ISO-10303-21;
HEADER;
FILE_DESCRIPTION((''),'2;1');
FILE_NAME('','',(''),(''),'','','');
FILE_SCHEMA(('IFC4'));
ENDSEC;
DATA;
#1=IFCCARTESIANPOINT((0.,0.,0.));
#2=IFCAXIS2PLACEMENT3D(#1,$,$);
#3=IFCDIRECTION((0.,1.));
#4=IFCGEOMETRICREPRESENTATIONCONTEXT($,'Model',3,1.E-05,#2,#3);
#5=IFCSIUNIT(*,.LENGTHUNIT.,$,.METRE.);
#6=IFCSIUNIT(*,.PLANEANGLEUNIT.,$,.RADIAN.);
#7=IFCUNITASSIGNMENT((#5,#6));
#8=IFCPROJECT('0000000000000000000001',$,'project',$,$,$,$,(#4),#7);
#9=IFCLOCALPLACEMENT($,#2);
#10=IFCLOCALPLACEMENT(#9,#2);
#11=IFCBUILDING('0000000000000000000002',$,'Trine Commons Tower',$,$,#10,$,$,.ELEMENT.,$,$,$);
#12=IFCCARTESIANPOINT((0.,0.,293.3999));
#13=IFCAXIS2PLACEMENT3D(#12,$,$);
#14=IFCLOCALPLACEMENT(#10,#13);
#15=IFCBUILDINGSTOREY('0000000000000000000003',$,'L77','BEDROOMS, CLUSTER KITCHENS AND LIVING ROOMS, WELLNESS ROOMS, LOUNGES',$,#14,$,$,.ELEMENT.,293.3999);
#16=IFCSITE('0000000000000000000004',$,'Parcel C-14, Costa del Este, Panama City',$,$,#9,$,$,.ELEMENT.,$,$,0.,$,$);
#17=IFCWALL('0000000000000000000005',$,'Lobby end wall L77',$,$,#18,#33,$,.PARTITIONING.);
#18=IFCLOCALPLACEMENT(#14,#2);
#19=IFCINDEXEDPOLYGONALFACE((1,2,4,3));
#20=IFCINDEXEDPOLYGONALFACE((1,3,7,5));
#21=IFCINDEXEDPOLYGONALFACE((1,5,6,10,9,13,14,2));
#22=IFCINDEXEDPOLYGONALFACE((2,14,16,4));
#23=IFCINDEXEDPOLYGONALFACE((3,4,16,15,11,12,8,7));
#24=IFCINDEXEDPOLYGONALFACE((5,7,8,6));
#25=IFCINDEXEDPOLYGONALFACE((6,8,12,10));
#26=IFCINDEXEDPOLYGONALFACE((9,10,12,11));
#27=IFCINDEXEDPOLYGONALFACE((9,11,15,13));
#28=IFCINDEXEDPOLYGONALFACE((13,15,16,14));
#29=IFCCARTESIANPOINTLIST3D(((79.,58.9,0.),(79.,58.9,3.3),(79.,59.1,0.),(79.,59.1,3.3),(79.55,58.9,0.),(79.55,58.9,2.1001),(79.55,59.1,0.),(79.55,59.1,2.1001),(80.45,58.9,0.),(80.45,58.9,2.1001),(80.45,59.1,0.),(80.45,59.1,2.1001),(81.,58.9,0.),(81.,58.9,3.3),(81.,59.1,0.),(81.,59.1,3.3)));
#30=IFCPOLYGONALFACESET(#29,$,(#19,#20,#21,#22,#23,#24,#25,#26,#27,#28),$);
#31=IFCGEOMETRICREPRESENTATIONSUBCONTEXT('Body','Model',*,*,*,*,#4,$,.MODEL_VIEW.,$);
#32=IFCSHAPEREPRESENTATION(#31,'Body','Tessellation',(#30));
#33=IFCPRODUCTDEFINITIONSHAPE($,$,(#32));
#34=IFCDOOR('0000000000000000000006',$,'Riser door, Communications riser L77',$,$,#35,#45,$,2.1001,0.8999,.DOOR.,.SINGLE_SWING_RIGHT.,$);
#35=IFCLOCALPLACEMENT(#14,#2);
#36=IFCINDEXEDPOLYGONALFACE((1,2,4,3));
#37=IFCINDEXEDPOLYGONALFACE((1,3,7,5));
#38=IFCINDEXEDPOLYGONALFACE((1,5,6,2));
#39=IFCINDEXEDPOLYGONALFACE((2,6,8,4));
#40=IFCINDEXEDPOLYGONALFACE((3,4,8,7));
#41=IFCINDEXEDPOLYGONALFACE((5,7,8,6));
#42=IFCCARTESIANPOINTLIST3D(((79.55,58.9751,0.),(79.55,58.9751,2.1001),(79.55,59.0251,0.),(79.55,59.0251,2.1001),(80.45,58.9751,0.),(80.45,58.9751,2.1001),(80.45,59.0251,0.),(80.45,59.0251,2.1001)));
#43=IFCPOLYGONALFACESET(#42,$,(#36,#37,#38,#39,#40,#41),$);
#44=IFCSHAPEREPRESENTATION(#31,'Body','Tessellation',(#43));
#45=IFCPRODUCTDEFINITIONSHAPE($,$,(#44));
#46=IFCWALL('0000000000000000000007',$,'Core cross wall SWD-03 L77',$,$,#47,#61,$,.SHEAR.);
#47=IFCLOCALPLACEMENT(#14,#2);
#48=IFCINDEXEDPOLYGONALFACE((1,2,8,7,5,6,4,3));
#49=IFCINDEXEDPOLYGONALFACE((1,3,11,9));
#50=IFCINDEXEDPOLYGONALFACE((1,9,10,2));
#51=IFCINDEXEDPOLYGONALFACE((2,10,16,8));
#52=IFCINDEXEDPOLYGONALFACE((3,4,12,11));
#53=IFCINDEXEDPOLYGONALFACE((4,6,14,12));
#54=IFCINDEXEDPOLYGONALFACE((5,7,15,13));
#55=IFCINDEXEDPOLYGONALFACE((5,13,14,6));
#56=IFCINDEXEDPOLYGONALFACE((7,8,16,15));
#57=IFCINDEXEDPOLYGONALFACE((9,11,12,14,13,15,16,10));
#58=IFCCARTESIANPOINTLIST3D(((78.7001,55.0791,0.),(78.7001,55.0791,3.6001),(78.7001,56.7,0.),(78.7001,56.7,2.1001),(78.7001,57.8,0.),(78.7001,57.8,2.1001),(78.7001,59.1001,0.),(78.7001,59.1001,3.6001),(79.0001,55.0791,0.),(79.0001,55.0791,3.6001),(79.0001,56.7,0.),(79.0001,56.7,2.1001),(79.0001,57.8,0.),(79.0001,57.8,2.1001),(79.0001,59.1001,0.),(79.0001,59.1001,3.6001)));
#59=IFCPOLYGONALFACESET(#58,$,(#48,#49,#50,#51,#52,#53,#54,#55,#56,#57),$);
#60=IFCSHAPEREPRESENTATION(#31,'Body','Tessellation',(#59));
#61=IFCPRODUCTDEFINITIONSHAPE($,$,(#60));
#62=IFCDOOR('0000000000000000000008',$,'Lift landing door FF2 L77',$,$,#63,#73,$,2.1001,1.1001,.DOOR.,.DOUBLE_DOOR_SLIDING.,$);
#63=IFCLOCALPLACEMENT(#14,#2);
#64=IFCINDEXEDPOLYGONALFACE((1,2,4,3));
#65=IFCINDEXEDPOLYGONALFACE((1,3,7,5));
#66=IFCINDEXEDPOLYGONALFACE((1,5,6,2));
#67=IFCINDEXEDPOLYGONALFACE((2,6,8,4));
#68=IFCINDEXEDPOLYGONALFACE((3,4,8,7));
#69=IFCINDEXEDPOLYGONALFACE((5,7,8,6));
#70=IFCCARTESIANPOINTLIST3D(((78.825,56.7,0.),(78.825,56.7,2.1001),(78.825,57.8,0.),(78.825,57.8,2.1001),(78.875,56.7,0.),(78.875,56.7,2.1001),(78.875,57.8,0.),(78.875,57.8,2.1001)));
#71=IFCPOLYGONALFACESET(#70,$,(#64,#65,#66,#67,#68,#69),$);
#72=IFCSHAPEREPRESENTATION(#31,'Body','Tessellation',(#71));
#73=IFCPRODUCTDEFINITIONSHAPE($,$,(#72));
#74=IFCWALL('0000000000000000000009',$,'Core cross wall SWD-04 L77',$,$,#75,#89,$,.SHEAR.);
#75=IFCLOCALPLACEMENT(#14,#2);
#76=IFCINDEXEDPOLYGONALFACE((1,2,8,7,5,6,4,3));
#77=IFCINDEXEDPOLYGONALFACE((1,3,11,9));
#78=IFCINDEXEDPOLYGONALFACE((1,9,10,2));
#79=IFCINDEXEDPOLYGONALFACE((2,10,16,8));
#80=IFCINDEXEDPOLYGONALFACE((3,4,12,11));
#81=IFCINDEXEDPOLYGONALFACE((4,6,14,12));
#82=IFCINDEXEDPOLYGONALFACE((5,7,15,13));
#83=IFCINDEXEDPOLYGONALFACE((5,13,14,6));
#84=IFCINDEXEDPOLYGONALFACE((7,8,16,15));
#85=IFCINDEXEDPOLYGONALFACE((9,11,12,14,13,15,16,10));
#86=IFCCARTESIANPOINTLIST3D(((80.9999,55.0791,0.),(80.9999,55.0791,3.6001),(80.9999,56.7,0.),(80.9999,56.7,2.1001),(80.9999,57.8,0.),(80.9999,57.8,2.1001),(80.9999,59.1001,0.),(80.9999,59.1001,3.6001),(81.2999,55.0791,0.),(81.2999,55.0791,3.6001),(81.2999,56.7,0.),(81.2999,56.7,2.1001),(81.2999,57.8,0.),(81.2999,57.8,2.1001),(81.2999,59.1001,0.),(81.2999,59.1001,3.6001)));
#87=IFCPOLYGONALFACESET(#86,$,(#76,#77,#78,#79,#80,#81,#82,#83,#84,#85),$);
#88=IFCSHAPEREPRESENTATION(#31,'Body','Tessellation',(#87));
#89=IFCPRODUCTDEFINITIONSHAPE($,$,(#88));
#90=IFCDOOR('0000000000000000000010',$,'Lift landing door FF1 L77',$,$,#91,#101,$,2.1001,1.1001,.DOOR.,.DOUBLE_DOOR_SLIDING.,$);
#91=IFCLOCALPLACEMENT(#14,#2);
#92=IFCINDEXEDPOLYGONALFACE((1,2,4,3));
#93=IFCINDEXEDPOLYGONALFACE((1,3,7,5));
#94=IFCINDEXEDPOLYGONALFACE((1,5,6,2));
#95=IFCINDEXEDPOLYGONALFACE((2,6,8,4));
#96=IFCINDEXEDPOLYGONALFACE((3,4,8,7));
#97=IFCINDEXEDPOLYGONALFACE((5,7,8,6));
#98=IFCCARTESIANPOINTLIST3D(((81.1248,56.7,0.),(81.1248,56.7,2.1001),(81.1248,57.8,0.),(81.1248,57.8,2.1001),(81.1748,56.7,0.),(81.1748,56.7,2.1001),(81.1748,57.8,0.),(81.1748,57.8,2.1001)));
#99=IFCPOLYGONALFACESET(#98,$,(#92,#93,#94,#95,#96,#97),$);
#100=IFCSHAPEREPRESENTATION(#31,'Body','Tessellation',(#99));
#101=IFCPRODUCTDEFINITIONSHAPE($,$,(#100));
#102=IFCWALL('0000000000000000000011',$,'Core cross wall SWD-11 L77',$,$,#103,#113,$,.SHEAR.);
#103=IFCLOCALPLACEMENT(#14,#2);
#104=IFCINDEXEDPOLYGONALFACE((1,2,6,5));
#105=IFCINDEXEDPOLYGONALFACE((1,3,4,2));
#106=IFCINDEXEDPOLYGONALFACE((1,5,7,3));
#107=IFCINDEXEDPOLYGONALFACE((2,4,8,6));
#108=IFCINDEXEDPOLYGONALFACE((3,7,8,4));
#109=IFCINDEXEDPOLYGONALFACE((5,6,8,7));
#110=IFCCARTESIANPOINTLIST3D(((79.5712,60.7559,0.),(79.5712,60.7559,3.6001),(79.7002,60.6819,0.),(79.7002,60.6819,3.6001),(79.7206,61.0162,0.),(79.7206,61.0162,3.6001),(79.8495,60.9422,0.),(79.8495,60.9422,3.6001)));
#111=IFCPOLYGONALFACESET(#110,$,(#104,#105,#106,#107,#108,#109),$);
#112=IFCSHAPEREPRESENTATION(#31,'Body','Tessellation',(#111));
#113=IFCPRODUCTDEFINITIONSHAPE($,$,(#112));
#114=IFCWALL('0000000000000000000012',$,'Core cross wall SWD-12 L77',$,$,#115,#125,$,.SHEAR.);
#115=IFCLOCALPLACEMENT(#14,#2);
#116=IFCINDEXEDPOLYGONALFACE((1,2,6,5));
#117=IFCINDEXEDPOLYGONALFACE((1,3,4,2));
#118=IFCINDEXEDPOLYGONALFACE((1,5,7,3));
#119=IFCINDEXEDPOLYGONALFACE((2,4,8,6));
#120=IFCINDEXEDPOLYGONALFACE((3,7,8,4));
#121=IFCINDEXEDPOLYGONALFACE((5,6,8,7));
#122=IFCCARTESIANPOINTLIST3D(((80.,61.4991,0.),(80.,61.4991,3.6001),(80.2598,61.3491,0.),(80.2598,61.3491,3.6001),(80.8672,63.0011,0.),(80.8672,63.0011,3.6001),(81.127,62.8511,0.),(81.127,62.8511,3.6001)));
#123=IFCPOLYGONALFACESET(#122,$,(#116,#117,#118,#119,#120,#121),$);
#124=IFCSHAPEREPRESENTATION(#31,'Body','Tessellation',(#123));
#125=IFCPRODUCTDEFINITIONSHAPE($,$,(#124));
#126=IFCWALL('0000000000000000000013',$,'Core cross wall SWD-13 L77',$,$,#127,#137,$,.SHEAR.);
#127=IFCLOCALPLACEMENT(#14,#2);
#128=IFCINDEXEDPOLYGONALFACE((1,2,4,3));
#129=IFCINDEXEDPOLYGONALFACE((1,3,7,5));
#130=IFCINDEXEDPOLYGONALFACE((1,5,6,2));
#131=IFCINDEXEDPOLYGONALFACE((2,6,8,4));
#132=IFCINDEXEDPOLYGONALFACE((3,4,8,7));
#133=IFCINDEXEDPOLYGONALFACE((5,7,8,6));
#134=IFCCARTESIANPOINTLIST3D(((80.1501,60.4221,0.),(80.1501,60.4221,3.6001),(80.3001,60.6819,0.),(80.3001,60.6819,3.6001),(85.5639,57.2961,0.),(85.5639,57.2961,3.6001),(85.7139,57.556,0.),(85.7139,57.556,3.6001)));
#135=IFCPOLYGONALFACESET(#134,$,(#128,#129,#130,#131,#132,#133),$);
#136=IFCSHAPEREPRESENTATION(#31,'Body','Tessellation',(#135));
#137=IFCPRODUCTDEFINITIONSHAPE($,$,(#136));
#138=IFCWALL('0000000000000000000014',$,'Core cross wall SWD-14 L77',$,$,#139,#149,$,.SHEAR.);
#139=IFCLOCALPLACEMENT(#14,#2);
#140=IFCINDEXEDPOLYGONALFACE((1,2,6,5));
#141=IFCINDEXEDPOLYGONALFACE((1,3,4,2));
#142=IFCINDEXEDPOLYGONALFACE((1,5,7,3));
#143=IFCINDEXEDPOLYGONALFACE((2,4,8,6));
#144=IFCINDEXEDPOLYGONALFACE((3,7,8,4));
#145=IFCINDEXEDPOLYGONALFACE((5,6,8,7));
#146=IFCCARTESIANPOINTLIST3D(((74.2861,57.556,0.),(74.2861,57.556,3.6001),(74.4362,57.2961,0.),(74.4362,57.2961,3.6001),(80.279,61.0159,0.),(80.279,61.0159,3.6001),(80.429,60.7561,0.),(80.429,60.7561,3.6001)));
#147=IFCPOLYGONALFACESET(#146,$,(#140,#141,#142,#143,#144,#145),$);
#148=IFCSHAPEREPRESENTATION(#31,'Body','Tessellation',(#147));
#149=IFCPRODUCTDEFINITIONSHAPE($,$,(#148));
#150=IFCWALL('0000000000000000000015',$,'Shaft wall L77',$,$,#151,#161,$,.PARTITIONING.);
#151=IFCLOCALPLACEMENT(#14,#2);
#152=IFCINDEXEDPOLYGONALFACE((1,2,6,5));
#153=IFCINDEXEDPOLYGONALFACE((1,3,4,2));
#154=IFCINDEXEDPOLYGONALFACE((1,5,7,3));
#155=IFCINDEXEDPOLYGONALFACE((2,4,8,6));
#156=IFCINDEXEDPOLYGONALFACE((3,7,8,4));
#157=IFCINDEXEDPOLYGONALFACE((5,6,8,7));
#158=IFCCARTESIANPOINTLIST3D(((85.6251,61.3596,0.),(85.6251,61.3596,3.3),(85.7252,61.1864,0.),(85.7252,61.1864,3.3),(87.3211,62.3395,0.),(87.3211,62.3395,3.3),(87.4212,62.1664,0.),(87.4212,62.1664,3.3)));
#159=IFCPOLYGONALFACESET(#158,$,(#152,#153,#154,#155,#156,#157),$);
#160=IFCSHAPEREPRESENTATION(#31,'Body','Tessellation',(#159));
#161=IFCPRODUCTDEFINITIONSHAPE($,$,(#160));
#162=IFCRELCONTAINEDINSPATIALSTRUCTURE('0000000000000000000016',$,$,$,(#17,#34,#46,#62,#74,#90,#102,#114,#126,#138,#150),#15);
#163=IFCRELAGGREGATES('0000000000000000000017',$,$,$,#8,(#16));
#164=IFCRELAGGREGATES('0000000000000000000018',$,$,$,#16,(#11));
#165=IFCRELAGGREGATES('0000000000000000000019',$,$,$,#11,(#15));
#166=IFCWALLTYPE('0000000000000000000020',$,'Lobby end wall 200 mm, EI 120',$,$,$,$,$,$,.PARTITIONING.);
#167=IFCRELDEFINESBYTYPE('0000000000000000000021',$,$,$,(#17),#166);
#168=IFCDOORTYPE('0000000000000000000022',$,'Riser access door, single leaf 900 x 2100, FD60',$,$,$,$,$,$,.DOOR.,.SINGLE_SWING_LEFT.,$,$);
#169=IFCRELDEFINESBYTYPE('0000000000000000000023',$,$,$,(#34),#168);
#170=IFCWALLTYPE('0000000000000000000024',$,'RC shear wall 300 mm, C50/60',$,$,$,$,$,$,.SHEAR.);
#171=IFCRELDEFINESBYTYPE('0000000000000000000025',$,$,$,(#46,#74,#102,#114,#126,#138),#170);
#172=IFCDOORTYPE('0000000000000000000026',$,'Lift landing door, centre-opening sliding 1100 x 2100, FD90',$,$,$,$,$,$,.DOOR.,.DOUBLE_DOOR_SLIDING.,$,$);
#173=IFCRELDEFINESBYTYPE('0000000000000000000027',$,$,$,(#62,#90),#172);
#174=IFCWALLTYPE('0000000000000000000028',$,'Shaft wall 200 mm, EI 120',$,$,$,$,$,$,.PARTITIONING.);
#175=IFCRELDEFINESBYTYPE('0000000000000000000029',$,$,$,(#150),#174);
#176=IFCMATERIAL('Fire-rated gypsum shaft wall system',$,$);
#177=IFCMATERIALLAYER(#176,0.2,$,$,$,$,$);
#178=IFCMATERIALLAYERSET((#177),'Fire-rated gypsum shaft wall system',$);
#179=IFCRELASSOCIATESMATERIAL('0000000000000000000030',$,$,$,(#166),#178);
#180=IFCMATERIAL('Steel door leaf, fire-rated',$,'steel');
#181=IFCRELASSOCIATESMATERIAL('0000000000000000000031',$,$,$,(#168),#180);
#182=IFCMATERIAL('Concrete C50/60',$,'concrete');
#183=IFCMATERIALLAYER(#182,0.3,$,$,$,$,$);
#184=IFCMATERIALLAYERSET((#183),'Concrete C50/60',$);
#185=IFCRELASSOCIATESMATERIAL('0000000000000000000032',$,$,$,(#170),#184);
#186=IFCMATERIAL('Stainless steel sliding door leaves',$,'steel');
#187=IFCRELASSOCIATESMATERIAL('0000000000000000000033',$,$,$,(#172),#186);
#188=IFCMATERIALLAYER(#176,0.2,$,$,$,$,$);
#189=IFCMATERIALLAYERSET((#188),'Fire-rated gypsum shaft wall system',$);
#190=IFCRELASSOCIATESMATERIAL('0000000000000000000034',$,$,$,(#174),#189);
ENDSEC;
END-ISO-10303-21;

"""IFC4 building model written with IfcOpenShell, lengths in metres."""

from ifc_helpers import new_model, si_unit, direction, frame, frame_2d, origin, place, context, subcontext, project, spatial, rectangle, extrude, material, layer, layer_set, type_object, element, fill, save


model = new_model("IFC4")

# Units and contexts
model_context = context("Model", 3, precision=1e-05, world=origin(), true_north=direction((0.0, 1.0)))
body_context = subcontext(model_context, "Body", "Model", "MODEL_VIEW")
ifc_project = project(units=[si_unit("LENGTHUNIT", "METRE"), si_unit("PLANEANGLEUNIT", "RADIAN")], contexts=[model_context])

# Site, building, storey
site_placement = place(None, origin())
site = spatial("IfcSite", under=ifc_project, at=site_placement, Name="Parcel C-14, Costa del Este, Panama City", CompositionType="ELEMENT", RefElevation=0.0)
building_placement = place(site_placement, origin())
building = spatial("IfcBuilding", under=site, at=building_placement, Name="Trine Commons Tower", CompositionType="ELEMENT")
storey_placement = place(building_placement, frame((0.0, 0.0, 293.3999)))
storey = spatial("IfcBuildingStorey", under=building, at=storey_placement, Name="L77", Description="BEDROOMS, CLUSTER KITCHENS AND LIVING ROOMS, WELLNESS ROOMS, LOUNGES", CompositionType="ELEMENT", Elevation=293.3999)

# Walls, openings, doors
ifc_material_1 = material(Name="Fire-rated gypsum shaft wall system")
ifc_layer_1 = layer(ifc_material_1, 0.2)
ifc_layer_set_1 = layer_set([ifc_layer_1], Name="Fire-rated gypsum shaft wall system")
wall_type_1 = type_object("IfcWallType", Name="Lobby end wall 200 mm, EI 120", PredefinedType="PARTITIONING", material=ifc_layer_set_1)
wall_1_placement = place(storey_placement, frame((79.0, 59.0, 0.0), z_axis=(0.0, 0.0, 1.0), x_axis=(1.0, 0.0, 0.0)))
wall_1 = element("IfcWall", 1, at=wall_1_placement, inside=storey, type_object=wall_type_1, Name="Lobby end wall L77", PredefinedType="PARTITIONING", context=body_context, shape_type="SweptSolid", body=[
    extrude(rectangle(XDim=2.0, YDim=0.2, at=frame_2d((1.0, 0.0))), origin(), (0.0, 0.0, 1.0), 3.3),
])
opening_1_placement = place(wall_1_placement, frame((0.55, 0.0, 0.0)))
opening_1 = element("IfcOpeningElement", 2, at=opening_1_placement, cuts=wall_1, PredefinedType="OPENING", context=body_context, shape_type="SweptSolid", body=[
    extrude(rectangle(XDim=0.8999, YDim=2.1001, at=frame_2d((0.45, 1.05))), frame((0.0, 0.1099, 0.0), z_axis=(0.0, -1.0, 0.0), x_axis=(1.0, 0.0, 0.0)), (0.0, 0.0, 1.0), 0.22),
])
ifc_material_2 = material(Name="Steel door leaf, fire-rated", Category="steel")
door_type_1 = type_object("IfcDoorType", Name="Riser access door, single leaf 900 x 2100, FD60", OperationType="SINGLE_SWING_LEFT", PredefinedType="DOOR", material=ifc_material_2)
door_1_placement = place(opening_1_placement, frame((0.8999, 0.0, 0.0), z_axis=(0.0, 0.0, 1.0), x_axis=(-1.0, 0.0, 0.0)))
door_1 = element("IfcDoor", 3, at=door_1_placement, inside=storey, type_object=door_type_1, Name="Riser door, Communications riser L77", OperationType="SINGLE_SWING_RIGHT", OverallHeight=2.1001, OverallWidth=0.8999, PredefinedType="DOOR", context=body_context, shape_type="SweptSolid", body=[
    extrude(rectangle(XDim=0.8999, YDim=2.1001, at=frame_2d((0.45, 1.05))), frame((0.0, 0.0249, 0.0), z_axis=(0.0, -1.0, 0.0), x_axis=(1.0, 0.0, 0.0)), (0.0, 0.0, 1.0), 0.05),
])
fill(opening_1, door_1)
ifc_material_3 = material(Name="Concrete C50/60", Category="concrete")
ifc_layer_2 = layer(ifc_material_3, 0.3)
ifc_layer_set_2 = layer_set([ifc_layer_2], Name="Concrete C50/60")
wall_type_2 = type_object("IfcWallType", Name="RC shear wall 300 mm, C50/60", PredefinedType="SHEAR", material=ifc_layer_set_2)
wall_2_placement = place(storey_placement, frame((78.8501, 59.1001, 0.0), z_axis=(0.0, 0.0, 1.0), x_axis=(0.0, -1.0, 0.0)))
wall_2 = element("IfcWall", 4, at=wall_2_placement, inside=storey, type_object=wall_type_2, Name="Core cross wall SWD-03 L77", PredefinedType="SHEAR", context=body_context, shape_type="SweptSolid", body=[
    extrude(rectangle(XDim=4.021, YDim=0.3, at=frame_2d((2.0105, 0.0))), origin(), (0.0, 0.0, 1.0), 3.6001),
])
opening_2_placement = place(wall_2_placement, frame((1.3, 0.0, 0.0)))
opening_2 = element("IfcOpeningElement", 5, at=opening_2_placement, cuts=wall_2, PredefinedType="OPENING", context=body_context, shape_type="SweptSolid", body=[
    extrude(rectangle(XDim=1.1001, YDim=2.1001, at=frame_2d((0.55, 1.05))), frame((0.0, 0.1599, 0.0), z_axis=(0.0, -1.0, 0.0), x_axis=(1.0, 0.0, 0.0)), (0.0, 0.0, 1.0), 0.3201),
])
ifc_material_4 = material(Name="Stainless steel sliding door leaves", Category="steel")
door_type_2 = type_object("IfcDoorType", Name="Lift landing door, centre-opening sliding 1100 x 2100, FD90", OperationType="DOUBLE_DOOR_SLIDING", PredefinedType="DOOR", material=ifc_material_4)
door_2_placement = place(opening_2_placement, origin())
door_2 = element("IfcDoor", 6, at=door_2_placement, inside=storey, type_object=door_type_2, Name="Lift landing door FF2 L77", OperationType="DOUBLE_DOOR_SLIDING", OverallHeight=2.1001, OverallWidth=1.1001, PredefinedType="DOOR", context=body_context, shape_type="SweptSolid", body=[
    extrude(rectangle(XDim=1.1001, YDim=2.1001, at=frame_2d((0.55, 1.05))), frame((0.0, 0.0249, 0.0), z_axis=(0.0, -1.0, 0.0), x_axis=(1.0, 0.0, 0.0)), (0.0, 0.0, 1.0), 0.05),
])
fill(opening_2, door_2)
wall_3_placement = place(storey_placement, frame((81.1499, 59.1001, 0.0), z_axis=(0.0, 0.0, 1.0), x_axis=(0.0, -1.0, 0.0)))
wall_3 = element("IfcWall", 7, at=wall_3_placement, inside=storey, type_object=wall_type_2, Name="Core cross wall SWD-04 L77", PredefinedType="SHEAR", context=body_context, shape_type="SweptSolid", body=[
    extrude(rectangle(XDim=4.021, YDim=0.3, at=frame_2d((2.0105, 0.0))), origin(), (0.0, 0.0, 1.0), 3.6001),
])
opening_3_placement = place(wall_3_placement, frame((1.3, 0.0, 0.0)))
opening_3 = element("IfcOpeningElement", 8, at=opening_3_placement, cuts=wall_3, PredefinedType="OPENING", context=body_context, shape_type="SweptSolid", body=[
    extrude(rectangle(XDim=1.1001, YDim=2.1001, at=frame_2d((0.55, 1.05))), frame((0.0, 0.1599, 0.0), z_axis=(0.0, -1.0, 0.0), x_axis=(1.0, 0.0, 0.0)), (0.0, 0.0, 1.0), 0.3201),
])
door_3_placement = place(opening_3_placement, origin())
door_3 = element("IfcDoor", 9, at=door_3_placement, inside=storey, type_object=door_type_2, Name="Lift landing door FF1 L77", OperationType="DOUBLE_DOOR_SLIDING", OverallHeight=2.1001, OverallWidth=1.1001, PredefinedType="DOOR", context=body_context, shape_type="SweptSolid", body=[
    extrude(rectangle(XDim=1.1001, YDim=2.1001, at=frame_2d((0.55, 1.05))), frame((0.0, 0.0249, 0.0), z_axis=(0.0, -1.0, 0.0), x_axis=(1.0, 0.0, 0.0)), (0.0, 0.0, 1.0), 0.05),
])
fill(opening_3, door_3)

# Walls
wall_4_placement = place(storey_placement, frame((79.646, 60.886, 0.0), z_axis=(0.0, 0.0, 1.0), x_axis=(0.867332, -0.49773, 0.0)))
element("IfcWall", 10, at=wall_4_placement, inside=storey, type_object=wall_type_2, Name="Core cross wall SWD-11 L77", PredefinedType="SHEAR", context=body_context, shape_type="SweptSolid", body=[
    extrude(rectangle(XDim=0.1487, YDim=0.3, at=frame_2d((0.0742, 0.0))), origin(), (0.0, 0.0, 1.0), 3.6001),
])
wall_5_placement = place(storey_placement, frame((80.1299, 61.4241, 0.0), z_axis=(0.0, 0.0, 1.0), x_axis=(0.500015, 0.866017, 0.0)))
element("IfcWall", 11, at=wall_5_placement, inside=storey, type_object=wall_type_2, Name="Core cross wall SWD-12 L77", PredefinedType="SHEAR", context=body_context, shape_type="SweptSolid", body=[
    extrude(rectangle(XDim=1.7344, YDim=0.3, at=frame_2d((0.8672, 0.0))), origin(), (0.0, 0.0, 1.0), 3.6001),
])
wall_6_placement = place(storey_placement, frame((80.2251, 60.552, 0.0), z_axis=(0.0, 0.0, 1.0), x_axis=(0.866004, -0.500037, 0.0)))
element("IfcWall", 12, at=wall_6_placement, inside=storey, type_object=wall_type_2, Name="Core cross wall SWD-13 L77", PredefinedType="SHEAR", context=body_context, shape_type="SweptSolid", body=[
    extrude(rectangle(XDim=6.2515, YDim=0.3, at=frame_2d((3.1257, 0.0))), origin(), (0.0, 0.0, 1.0), 3.6001),
])
wall_7_placement = place(storey_placement, frame((80.354, 60.886, 0.0), z_axis=(0.0, 0.0, 1.0), x_axis=(-0.866029, -0.499994, 0.0)))
element("IfcWall", 13, at=wall_7_placement, inside=storey, type_object=wall_type_2, Name="Core cross wall SWD-14 L77", PredefinedType="SHEAR", context=body_context, shape_type="SweptSolid", body=[
    extrude(rectangle(XDim=6.9199, YDim=0.3, at=frame_2d((3.46, 0.0))), origin(), (0.0, 0.0, 1.0), 3.6001),
])
ifc_layer_3 = layer(ifc_material_1, 0.2)
ifc_layer_set_3 = layer_set([ifc_layer_3], Name="Fire-rated gypsum shaft wall system")
wall_type_3 = type_object("IfcWallType", Name="Shaft wall 200 mm, EI 120", PredefinedType="PARTITIONING", material=ifc_layer_set_3)
wall_8_placement = place(storey_placement, frame((85.675, 61.2729, 0.0), z_axis=(0.0, 0.0, 1.0), x_axis=(0.865855, 0.500294, 0.0)))
element("IfcWall", 14, at=wall_8_placement, inside=storey, type_object=wall_type_3, Name="Shaft wall L77", PredefinedType="PARTITIONING", context=body_context, shape_type="SweptSolid", body=[
    extrude(rectangle(XDim=1.9587, YDim=0.2, at=frame_2d((0.9795, 0.0))), origin(), (0.0, 0.0, 1.0), 3.3),
])

save(model, "model.ifc")
